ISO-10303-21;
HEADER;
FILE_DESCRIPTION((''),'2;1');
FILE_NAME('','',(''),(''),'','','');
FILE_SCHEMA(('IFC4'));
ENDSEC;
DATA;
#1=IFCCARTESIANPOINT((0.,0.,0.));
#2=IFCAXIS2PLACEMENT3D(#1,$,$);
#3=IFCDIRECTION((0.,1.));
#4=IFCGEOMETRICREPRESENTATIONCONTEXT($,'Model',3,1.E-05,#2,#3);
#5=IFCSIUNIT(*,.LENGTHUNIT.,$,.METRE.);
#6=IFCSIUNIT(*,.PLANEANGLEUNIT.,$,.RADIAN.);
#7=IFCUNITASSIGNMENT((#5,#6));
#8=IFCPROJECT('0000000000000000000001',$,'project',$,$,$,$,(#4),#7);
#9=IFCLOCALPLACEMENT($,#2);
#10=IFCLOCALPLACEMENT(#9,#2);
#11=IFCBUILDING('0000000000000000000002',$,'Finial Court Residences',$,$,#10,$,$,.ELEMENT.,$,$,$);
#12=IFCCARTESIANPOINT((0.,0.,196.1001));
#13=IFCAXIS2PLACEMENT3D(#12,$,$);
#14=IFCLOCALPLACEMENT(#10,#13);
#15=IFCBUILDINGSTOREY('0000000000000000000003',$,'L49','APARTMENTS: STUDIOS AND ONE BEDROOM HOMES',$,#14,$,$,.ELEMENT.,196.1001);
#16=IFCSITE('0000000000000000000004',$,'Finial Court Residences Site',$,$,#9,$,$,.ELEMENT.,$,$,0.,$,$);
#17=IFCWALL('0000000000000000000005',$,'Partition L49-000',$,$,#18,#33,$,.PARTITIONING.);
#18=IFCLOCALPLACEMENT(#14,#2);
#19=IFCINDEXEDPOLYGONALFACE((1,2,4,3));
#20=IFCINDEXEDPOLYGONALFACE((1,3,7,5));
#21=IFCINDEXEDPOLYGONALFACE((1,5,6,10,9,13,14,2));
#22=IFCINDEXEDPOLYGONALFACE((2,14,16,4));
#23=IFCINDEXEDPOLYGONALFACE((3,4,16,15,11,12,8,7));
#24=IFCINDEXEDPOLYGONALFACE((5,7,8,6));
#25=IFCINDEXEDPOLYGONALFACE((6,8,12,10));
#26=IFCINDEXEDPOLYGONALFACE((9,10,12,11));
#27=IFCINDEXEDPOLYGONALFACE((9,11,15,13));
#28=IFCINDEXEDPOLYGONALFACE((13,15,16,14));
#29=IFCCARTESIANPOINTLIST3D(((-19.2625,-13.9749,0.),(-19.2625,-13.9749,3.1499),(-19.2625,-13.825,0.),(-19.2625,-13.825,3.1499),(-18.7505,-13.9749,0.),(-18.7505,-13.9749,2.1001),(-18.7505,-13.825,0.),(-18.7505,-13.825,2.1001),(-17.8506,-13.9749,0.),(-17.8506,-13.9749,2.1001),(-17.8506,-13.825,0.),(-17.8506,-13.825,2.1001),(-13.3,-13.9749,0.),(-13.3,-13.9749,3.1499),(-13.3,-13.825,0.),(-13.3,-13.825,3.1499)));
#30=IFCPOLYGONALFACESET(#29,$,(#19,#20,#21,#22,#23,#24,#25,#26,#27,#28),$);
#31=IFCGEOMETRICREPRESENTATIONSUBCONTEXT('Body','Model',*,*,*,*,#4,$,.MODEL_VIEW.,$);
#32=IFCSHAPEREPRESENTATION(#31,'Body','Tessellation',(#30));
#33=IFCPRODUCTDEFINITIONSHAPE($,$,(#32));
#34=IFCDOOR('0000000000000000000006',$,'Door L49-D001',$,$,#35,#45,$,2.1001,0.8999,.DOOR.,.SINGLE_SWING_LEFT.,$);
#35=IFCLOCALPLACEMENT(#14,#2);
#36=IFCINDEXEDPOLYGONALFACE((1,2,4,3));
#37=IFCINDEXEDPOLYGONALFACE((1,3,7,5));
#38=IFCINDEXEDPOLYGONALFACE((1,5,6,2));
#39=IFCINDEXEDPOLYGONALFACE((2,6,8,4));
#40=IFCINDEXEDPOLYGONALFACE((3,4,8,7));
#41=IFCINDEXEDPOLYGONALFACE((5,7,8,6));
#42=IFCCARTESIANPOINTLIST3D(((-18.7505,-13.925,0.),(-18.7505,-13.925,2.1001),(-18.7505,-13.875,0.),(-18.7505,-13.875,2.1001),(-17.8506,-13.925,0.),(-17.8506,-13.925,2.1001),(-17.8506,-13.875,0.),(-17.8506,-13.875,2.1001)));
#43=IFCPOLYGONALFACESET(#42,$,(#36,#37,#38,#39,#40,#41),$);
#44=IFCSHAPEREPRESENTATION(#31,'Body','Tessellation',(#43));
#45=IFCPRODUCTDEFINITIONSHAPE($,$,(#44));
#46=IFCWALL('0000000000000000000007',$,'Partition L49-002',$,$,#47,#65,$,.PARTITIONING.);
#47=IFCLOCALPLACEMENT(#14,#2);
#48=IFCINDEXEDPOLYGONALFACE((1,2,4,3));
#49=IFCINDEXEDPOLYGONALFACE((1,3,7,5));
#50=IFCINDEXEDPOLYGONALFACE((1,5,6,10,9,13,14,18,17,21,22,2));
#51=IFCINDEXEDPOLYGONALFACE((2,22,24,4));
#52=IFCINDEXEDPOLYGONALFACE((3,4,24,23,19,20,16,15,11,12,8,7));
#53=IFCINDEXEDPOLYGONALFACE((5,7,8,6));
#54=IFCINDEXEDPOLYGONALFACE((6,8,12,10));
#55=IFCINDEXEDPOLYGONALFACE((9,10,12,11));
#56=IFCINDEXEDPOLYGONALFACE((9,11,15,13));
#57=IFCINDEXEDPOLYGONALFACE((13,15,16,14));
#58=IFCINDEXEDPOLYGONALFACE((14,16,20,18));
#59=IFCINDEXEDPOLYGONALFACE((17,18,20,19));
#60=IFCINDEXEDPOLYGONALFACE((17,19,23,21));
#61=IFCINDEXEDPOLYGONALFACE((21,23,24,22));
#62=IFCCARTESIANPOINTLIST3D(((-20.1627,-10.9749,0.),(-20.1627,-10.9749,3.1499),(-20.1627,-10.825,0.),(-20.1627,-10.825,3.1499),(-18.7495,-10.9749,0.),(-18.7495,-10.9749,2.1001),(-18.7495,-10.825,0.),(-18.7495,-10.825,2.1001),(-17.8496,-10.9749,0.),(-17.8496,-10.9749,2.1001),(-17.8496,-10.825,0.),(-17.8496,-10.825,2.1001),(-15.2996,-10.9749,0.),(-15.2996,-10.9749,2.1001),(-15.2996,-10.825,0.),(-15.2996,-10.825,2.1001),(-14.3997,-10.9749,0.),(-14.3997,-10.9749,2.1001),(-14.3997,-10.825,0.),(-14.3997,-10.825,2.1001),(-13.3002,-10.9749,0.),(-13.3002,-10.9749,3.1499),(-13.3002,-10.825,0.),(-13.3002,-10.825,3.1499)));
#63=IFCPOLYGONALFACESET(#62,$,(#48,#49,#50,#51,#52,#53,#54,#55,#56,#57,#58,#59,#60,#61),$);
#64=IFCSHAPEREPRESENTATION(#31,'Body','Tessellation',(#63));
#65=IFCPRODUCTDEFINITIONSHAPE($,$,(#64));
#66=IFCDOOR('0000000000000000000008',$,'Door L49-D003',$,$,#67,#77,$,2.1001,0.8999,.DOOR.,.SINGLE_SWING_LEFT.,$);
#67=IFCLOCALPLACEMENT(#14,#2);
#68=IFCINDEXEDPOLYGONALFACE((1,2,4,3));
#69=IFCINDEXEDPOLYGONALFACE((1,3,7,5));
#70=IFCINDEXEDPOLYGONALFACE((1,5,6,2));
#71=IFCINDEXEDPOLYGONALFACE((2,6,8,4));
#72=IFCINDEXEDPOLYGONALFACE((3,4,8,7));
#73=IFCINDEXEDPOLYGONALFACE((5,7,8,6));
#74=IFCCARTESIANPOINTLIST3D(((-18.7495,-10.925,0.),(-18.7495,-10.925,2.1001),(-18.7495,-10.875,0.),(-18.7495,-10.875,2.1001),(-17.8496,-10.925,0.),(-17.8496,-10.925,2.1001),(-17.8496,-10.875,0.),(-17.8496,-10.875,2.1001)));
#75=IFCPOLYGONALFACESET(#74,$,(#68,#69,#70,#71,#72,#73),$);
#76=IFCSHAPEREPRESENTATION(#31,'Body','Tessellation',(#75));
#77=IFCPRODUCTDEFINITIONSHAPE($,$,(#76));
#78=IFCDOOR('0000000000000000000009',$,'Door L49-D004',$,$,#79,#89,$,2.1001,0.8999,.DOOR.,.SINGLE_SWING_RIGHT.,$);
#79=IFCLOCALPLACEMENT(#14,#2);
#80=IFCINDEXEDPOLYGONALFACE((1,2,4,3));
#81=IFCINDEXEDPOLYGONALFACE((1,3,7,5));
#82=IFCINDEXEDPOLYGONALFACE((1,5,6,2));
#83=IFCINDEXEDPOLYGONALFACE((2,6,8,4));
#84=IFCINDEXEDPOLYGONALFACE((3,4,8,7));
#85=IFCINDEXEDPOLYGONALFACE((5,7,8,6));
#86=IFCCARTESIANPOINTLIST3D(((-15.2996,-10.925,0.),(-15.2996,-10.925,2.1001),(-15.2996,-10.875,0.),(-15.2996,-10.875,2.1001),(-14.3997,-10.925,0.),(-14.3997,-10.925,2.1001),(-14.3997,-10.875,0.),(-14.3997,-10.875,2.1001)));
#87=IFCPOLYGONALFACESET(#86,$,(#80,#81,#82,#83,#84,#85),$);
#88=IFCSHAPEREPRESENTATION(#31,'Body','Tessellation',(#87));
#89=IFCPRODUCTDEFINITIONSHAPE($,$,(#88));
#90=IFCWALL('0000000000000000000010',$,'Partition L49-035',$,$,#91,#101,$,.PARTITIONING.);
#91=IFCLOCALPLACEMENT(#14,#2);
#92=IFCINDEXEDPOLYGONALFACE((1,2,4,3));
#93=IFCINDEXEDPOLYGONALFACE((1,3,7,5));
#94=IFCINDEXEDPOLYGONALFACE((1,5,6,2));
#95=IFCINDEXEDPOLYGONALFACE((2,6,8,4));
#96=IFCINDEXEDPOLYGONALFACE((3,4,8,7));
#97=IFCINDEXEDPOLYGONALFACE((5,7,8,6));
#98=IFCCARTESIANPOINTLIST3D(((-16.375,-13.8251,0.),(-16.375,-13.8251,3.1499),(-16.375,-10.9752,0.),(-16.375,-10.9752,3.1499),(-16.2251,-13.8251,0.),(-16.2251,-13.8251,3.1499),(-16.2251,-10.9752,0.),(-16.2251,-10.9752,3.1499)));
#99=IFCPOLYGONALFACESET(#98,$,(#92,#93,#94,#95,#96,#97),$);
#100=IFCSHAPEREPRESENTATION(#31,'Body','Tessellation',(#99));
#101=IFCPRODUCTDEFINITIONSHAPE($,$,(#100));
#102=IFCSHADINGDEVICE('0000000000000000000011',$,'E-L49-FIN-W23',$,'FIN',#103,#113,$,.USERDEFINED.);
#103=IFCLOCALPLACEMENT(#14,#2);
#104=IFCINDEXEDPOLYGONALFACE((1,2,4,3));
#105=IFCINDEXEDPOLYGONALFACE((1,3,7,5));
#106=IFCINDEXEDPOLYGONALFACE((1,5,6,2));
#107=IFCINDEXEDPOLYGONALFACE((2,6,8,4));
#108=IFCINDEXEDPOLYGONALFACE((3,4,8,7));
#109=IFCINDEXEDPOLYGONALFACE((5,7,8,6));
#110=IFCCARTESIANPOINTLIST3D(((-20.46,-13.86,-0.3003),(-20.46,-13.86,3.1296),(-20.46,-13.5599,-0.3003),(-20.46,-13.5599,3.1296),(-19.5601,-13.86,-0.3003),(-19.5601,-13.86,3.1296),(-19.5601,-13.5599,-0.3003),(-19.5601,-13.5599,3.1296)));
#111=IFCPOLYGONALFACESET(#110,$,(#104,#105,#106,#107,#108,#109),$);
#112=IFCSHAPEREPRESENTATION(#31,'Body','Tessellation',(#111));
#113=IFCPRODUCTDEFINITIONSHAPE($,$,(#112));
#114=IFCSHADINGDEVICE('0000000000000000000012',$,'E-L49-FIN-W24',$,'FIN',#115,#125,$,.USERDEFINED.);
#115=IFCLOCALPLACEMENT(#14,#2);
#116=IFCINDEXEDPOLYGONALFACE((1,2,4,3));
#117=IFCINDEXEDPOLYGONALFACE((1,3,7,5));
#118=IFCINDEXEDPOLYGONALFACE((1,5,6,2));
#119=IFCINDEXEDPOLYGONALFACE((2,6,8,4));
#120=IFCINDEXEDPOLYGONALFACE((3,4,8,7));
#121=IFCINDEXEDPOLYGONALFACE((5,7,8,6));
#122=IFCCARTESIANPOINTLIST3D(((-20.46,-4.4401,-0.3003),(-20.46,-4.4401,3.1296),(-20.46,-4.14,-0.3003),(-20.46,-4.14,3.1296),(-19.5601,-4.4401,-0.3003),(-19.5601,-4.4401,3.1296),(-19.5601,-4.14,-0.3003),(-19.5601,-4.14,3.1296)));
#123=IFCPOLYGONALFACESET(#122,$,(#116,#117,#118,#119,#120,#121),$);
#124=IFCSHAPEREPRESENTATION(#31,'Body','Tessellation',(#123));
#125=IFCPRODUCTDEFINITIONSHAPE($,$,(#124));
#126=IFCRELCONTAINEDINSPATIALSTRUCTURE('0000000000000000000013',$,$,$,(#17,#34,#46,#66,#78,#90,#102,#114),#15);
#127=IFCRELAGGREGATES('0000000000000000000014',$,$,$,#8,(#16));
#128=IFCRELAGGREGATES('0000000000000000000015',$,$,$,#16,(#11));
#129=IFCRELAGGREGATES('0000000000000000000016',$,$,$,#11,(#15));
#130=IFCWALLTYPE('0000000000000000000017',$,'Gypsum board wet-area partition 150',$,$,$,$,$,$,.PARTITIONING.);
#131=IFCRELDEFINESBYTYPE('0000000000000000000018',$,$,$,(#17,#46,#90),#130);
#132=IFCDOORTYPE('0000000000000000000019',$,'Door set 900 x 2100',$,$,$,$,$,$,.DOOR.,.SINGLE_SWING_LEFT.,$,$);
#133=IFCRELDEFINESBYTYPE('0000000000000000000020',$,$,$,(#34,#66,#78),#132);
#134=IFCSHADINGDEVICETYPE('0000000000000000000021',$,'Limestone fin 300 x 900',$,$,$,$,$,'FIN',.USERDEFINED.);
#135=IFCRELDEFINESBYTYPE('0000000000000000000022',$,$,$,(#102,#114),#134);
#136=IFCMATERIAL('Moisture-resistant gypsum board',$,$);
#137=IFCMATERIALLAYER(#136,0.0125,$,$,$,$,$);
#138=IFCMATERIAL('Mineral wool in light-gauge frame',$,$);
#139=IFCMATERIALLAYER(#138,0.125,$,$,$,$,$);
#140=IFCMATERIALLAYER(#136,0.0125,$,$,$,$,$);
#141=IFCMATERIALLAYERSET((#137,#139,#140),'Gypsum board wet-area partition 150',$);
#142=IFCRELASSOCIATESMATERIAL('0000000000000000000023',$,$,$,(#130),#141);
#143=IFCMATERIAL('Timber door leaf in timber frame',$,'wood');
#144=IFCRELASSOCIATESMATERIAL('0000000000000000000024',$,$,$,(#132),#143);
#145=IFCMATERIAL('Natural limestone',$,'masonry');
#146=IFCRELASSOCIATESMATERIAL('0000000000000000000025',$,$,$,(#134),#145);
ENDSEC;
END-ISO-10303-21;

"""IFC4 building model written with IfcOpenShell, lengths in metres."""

from ifc_helpers import new_model, si_unit, direction, frame, frame_2d, origin, origin_2d, place, context, subcontext, project, spatial, rectangle, extrude, material, layer, layer_set, type_object, element, fill, save


model = new_model("IFC4")

# Units and contexts
model_context = context("Model", 3, precision=1e-05, world=origin(), true_north=direction((0.0, 1.0)))
body_context = subcontext(model_context, "Body", "Model", "MODEL_VIEW")
ifc_project = project(units=[si_unit("LENGTHUNIT", "METRE"), si_unit("PLANEANGLEUNIT", "RADIAN")], contexts=[model_context])

# Site, building, storey
site_placement = place(None, origin())
site = spatial("IfcSite", under=ifc_project, at=site_placement, Name="Finial Court Residences Site", CompositionType="ELEMENT", RefElevation=0.0)
building_placement = place(site_placement, origin())
building = spatial("IfcBuilding", under=site, at=building_placement, Name="Finial Court Residences", CompositionType="ELEMENT")
storey_placement = place(building_placement, frame((0.0, 0.0, 196.1001)))
storey = spatial("IfcBuildingStorey", under=building, at=storey_placement, Name="L49", Description="APARTMENTS: STUDIOS AND ONE BEDROOM HOMES", CompositionType="ELEMENT", Elevation=196.1001)

# Wall, opening, door
ifc_material_1 = material(Name="Moisture-resistant gypsum board")
ifc_layer_1 = layer(ifc_material_1, 0.0125)
ifc_material_2 = material(Name="Mineral wool in light-gauge frame")
ifc_layer_2 = layer(ifc_material_2, 0.125)
ifc_layer_3 = layer(ifc_material_1, 0.0125)
ifc_layer_set_1 = layer_set([ifc_layer_1, ifc_layer_2, ifc_layer_3], Name="Gypsum board wet-area partition 150")
wall_type_1 = type_object("IfcWallType", Name="Gypsum board wet-area partition 150", PredefinedType="PARTITIONING", material=ifc_layer_set_1)
wall_1_placement = place(storey_placement, frame((-19.2625, -13.8999, 0.0), z_axis=(0.0, 0.0, 1.0), x_axis=(1.0, 0.0, 0.0)))
wall_1 = element("IfcWall", 1, at=wall_1_placement, inside=storey, type_object=wall_type_1, Name="Partition L49-000", PredefinedType="PARTITIONING", context=body_context, shape_type="SweptSolid", body=[
    extrude(rectangle(XDim=5.9624, YDim=0.1499, at=frame_2d((2.9812, 0.0))), origin(), (0.0, 0.0, 1.0), 3.1499),
])
opening_1_placement = place(wall_1_placement, frame((0.512, 0.0, 0.0)))
opening_1 = element("IfcOpeningElement", 2, at=opening_1_placement, cuts=wall_1, PredefinedType="OPENING", context=body_context, shape_type="SweptSolid", body=[
    extrude(rectangle(XDim=0.8999, YDim=2.1001, at=frame_2d((0.45, 1.05))), frame((0.0, 0.085, 0.0), z_axis=(0.0, -1.0, 0.0), x_axis=(1.0, 0.0, 0.0)), (0.0, 0.0, 1.0), 0.1699),
])
ifc_material_3 = material(Name="Timber door leaf in timber frame", Category="wood")
door_type_1 = type_object("IfcDoorType", Name="Door set 900 x 2100", OperationType="SINGLE_SWING_LEFT", PredefinedType="DOOR", material=ifc_material_3)
door_1_placement = place(opening_1_placement, origin())
door_1 = element("IfcDoor", 3, at=door_1_placement, inside=storey, type_object=door_type_1, Name="Door L49-D001", OperationType="SINGLE_SWING_LEFT", OverallHeight=2.1001, OverallWidth=0.8999, PredefinedType="DOOR", context=body_context, shape_type="SweptSolid", body=[
    extrude(rectangle(XDim=0.8999, YDim=2.1001, at=frame_2d((0.45, 1.05))), frame((0.0, 0.0249, 0.0), z_axis=(0.0, -1.0, 0.0), x_axis=(1.0, 0.0, 0.0)), (0.0, 0.0, 1.0), 0.05),
])
fill(opening_1, door_1)

# Wall, openings, doors
wall_2_placement = place(storey_placement, frame((-20.1626, -10.8999, 0.0), z_axis=(0.0, 0.0, 1.0), x_axis=(1.0, 0.0, 0.0)))
wall_2 = element("IfcWall", 4, at=wall_2_placement, inside=storey, type_object=wall_type_1, Name="Partition L49-002", PredefinedType="PARTITIONING", context=body_context, shape_type="SweptSolid", body=[
    extrude(rectangle(XDim=6.8625, YDim=0.1499, at=frame_2d((3.4312, 0.0))), origin(), (0.0, 0.0, 1.0), 3.1499),
])
opening_2_placement = place(wall_2_placement, frame((1.4131, 0.0, 0.0)))
opening_2 = element("IfcOpeningElement", 5, at=opening_2_placement, cuts=wall_2, PredefinedType="OPENING", context=body_context, shape_type="SweptSolid", body=[
    extrude(rectangle(XDim=0.8999, YDim=2.1001, at=frame_2d((0.45, 1.05))), frame((0.0, 0.085, 0.0), z_axis=(0.0, -1.0, 0.0), x_axis=(1.0, 0.0, 0.0)), (0.0, 0.0, 1.0), 0.1699),
])
opening_3_placement = place(wall_2_placement, frame((4.863, 0.0, 0.0)))
opening_3 = element("IfcOpeningElement", 6, at=opening_3_placement, cuts=wall_2, PredefinedType="OPENING", context=body_context, shape_type="SweptSolid", body=[
    extrude(rectangle(XDim=0.8999, YDim=2.1001, at=frame_2d((0.45, 1.05))), frame((0.0, 0.085, 0.0), z_axis=(0.0, -1.0, 0.0), x_axis=(1.0, 0.0, 0.0)), (0.0, 0.0, 1.0), 0.1699),
])
door_2_placement = place(opening_2_placement, origin())
door_2 = element("IfcDoor", 7, at=door_2_placement, inside=storey, type_object=door_type_1, Name="Door L49-D003", OperationType="SINGLE_SWING_LEFT", OverallHeight=2.1001, OverallWidth=0.8999, PredefinedType="DOOR", context=body_context, shape_type="SweptSolid", body=[
    extrude(rectangle(XDim=0.8999, YDim=2.1001, at=frame_2d((0.45, 1.05))), frame((0.0, 0.0249, 0.0), z_axis=(0.0, -1.0, 0.0), x_axis=(1.0, 0.0, 0.0)), (0.0, 0.0, 1.0), 0.05),
])
fill(opening_2, door_2)
door_3_placement = place(opening_3_placement, origin())
door_3 = element("IfcDoor", 8, at=door_3_placement, inside=storey, type_object=door_type_1, Name="Door L49-D004", OperationType="SINGLE_SWING_RIGHT", OverallHeight=2.1001, OverallWidth=0.8999, PredefinedType="DOOR", context=body_context, shape_type="SweptSolid", body=[
    extrude(rectangle(XDim=0.8999, YDim=2.1001, at=frame_2d((0.45, 1.05))), frame((0.0, 0.0249, 0.0), z_axis=(0.0, -1.0, 0.0), x_axis=(1.0, 0.0, 0.0)), (0.0, 0.0, 1.0), 0.05),
])
fill(opening_3, door_3)

# Wall
wall_3_placement = place(storey_placement, frame((-16.3, -13.825, 0.0), z_axis=(0.0, 0.0, 1.0), x_axis=(0.0, 1.0, 0.0)))
element("IfcWall", 9, at=wall_3_placement, inside=storey, type_object=wall_type_1, Name="Partition L49-035", PredefinedType="PARTITIONING", context=body_context, shape_type="SweptSolid", body=[
    extrude(rectangle(XDim=2.8499, YDim=0.1499, at=frame_2d((1.4248, 0.0))), origin(), (0.0, 0.0, 1.0), 3.1499),
])

# Shading devices
ifc_material_4 = material(Name="Natural limestone", Category="masonry")
shading_device_type = type_object("IfcShadingDeviceType", Name="Limestone fin 300 x 900", ElementType="FIN", PredefinedType="USERDEFINED", material=ifc_material_4)
for number, where, z_axis, x_axis, name in (
    (10, (-20.01, -13.71, -0.3003), (0.0, 0.0, 1.0), (1.0, 0.0, 0.0), "E-L49-FIN-W23"),
    (11, (-20.01, -4.29, -0.3003), (0.0, 0.0, 1.0), (1.0, 0.0, 0.0), "E-L49-FIN-W24"),
):
    element("IfcShadingDevice", number, at=place(storey_placement, frame(where, z_axis=z_axis, x_axis=x_axis)), inside=storey, type_object=shading_device_type, Name=name, ObjectType="FIN", PredefinedType="USERDEFINED", context=body_context, shape_type="SweptSolid", body=[
        extrude(rectangle(XDim=0.8999, YDim=0.3, at=origin_2d()), origin(), (0.0, 0.0, 1.0), 3.4299),
    ])

save(model, "model.ifc")
